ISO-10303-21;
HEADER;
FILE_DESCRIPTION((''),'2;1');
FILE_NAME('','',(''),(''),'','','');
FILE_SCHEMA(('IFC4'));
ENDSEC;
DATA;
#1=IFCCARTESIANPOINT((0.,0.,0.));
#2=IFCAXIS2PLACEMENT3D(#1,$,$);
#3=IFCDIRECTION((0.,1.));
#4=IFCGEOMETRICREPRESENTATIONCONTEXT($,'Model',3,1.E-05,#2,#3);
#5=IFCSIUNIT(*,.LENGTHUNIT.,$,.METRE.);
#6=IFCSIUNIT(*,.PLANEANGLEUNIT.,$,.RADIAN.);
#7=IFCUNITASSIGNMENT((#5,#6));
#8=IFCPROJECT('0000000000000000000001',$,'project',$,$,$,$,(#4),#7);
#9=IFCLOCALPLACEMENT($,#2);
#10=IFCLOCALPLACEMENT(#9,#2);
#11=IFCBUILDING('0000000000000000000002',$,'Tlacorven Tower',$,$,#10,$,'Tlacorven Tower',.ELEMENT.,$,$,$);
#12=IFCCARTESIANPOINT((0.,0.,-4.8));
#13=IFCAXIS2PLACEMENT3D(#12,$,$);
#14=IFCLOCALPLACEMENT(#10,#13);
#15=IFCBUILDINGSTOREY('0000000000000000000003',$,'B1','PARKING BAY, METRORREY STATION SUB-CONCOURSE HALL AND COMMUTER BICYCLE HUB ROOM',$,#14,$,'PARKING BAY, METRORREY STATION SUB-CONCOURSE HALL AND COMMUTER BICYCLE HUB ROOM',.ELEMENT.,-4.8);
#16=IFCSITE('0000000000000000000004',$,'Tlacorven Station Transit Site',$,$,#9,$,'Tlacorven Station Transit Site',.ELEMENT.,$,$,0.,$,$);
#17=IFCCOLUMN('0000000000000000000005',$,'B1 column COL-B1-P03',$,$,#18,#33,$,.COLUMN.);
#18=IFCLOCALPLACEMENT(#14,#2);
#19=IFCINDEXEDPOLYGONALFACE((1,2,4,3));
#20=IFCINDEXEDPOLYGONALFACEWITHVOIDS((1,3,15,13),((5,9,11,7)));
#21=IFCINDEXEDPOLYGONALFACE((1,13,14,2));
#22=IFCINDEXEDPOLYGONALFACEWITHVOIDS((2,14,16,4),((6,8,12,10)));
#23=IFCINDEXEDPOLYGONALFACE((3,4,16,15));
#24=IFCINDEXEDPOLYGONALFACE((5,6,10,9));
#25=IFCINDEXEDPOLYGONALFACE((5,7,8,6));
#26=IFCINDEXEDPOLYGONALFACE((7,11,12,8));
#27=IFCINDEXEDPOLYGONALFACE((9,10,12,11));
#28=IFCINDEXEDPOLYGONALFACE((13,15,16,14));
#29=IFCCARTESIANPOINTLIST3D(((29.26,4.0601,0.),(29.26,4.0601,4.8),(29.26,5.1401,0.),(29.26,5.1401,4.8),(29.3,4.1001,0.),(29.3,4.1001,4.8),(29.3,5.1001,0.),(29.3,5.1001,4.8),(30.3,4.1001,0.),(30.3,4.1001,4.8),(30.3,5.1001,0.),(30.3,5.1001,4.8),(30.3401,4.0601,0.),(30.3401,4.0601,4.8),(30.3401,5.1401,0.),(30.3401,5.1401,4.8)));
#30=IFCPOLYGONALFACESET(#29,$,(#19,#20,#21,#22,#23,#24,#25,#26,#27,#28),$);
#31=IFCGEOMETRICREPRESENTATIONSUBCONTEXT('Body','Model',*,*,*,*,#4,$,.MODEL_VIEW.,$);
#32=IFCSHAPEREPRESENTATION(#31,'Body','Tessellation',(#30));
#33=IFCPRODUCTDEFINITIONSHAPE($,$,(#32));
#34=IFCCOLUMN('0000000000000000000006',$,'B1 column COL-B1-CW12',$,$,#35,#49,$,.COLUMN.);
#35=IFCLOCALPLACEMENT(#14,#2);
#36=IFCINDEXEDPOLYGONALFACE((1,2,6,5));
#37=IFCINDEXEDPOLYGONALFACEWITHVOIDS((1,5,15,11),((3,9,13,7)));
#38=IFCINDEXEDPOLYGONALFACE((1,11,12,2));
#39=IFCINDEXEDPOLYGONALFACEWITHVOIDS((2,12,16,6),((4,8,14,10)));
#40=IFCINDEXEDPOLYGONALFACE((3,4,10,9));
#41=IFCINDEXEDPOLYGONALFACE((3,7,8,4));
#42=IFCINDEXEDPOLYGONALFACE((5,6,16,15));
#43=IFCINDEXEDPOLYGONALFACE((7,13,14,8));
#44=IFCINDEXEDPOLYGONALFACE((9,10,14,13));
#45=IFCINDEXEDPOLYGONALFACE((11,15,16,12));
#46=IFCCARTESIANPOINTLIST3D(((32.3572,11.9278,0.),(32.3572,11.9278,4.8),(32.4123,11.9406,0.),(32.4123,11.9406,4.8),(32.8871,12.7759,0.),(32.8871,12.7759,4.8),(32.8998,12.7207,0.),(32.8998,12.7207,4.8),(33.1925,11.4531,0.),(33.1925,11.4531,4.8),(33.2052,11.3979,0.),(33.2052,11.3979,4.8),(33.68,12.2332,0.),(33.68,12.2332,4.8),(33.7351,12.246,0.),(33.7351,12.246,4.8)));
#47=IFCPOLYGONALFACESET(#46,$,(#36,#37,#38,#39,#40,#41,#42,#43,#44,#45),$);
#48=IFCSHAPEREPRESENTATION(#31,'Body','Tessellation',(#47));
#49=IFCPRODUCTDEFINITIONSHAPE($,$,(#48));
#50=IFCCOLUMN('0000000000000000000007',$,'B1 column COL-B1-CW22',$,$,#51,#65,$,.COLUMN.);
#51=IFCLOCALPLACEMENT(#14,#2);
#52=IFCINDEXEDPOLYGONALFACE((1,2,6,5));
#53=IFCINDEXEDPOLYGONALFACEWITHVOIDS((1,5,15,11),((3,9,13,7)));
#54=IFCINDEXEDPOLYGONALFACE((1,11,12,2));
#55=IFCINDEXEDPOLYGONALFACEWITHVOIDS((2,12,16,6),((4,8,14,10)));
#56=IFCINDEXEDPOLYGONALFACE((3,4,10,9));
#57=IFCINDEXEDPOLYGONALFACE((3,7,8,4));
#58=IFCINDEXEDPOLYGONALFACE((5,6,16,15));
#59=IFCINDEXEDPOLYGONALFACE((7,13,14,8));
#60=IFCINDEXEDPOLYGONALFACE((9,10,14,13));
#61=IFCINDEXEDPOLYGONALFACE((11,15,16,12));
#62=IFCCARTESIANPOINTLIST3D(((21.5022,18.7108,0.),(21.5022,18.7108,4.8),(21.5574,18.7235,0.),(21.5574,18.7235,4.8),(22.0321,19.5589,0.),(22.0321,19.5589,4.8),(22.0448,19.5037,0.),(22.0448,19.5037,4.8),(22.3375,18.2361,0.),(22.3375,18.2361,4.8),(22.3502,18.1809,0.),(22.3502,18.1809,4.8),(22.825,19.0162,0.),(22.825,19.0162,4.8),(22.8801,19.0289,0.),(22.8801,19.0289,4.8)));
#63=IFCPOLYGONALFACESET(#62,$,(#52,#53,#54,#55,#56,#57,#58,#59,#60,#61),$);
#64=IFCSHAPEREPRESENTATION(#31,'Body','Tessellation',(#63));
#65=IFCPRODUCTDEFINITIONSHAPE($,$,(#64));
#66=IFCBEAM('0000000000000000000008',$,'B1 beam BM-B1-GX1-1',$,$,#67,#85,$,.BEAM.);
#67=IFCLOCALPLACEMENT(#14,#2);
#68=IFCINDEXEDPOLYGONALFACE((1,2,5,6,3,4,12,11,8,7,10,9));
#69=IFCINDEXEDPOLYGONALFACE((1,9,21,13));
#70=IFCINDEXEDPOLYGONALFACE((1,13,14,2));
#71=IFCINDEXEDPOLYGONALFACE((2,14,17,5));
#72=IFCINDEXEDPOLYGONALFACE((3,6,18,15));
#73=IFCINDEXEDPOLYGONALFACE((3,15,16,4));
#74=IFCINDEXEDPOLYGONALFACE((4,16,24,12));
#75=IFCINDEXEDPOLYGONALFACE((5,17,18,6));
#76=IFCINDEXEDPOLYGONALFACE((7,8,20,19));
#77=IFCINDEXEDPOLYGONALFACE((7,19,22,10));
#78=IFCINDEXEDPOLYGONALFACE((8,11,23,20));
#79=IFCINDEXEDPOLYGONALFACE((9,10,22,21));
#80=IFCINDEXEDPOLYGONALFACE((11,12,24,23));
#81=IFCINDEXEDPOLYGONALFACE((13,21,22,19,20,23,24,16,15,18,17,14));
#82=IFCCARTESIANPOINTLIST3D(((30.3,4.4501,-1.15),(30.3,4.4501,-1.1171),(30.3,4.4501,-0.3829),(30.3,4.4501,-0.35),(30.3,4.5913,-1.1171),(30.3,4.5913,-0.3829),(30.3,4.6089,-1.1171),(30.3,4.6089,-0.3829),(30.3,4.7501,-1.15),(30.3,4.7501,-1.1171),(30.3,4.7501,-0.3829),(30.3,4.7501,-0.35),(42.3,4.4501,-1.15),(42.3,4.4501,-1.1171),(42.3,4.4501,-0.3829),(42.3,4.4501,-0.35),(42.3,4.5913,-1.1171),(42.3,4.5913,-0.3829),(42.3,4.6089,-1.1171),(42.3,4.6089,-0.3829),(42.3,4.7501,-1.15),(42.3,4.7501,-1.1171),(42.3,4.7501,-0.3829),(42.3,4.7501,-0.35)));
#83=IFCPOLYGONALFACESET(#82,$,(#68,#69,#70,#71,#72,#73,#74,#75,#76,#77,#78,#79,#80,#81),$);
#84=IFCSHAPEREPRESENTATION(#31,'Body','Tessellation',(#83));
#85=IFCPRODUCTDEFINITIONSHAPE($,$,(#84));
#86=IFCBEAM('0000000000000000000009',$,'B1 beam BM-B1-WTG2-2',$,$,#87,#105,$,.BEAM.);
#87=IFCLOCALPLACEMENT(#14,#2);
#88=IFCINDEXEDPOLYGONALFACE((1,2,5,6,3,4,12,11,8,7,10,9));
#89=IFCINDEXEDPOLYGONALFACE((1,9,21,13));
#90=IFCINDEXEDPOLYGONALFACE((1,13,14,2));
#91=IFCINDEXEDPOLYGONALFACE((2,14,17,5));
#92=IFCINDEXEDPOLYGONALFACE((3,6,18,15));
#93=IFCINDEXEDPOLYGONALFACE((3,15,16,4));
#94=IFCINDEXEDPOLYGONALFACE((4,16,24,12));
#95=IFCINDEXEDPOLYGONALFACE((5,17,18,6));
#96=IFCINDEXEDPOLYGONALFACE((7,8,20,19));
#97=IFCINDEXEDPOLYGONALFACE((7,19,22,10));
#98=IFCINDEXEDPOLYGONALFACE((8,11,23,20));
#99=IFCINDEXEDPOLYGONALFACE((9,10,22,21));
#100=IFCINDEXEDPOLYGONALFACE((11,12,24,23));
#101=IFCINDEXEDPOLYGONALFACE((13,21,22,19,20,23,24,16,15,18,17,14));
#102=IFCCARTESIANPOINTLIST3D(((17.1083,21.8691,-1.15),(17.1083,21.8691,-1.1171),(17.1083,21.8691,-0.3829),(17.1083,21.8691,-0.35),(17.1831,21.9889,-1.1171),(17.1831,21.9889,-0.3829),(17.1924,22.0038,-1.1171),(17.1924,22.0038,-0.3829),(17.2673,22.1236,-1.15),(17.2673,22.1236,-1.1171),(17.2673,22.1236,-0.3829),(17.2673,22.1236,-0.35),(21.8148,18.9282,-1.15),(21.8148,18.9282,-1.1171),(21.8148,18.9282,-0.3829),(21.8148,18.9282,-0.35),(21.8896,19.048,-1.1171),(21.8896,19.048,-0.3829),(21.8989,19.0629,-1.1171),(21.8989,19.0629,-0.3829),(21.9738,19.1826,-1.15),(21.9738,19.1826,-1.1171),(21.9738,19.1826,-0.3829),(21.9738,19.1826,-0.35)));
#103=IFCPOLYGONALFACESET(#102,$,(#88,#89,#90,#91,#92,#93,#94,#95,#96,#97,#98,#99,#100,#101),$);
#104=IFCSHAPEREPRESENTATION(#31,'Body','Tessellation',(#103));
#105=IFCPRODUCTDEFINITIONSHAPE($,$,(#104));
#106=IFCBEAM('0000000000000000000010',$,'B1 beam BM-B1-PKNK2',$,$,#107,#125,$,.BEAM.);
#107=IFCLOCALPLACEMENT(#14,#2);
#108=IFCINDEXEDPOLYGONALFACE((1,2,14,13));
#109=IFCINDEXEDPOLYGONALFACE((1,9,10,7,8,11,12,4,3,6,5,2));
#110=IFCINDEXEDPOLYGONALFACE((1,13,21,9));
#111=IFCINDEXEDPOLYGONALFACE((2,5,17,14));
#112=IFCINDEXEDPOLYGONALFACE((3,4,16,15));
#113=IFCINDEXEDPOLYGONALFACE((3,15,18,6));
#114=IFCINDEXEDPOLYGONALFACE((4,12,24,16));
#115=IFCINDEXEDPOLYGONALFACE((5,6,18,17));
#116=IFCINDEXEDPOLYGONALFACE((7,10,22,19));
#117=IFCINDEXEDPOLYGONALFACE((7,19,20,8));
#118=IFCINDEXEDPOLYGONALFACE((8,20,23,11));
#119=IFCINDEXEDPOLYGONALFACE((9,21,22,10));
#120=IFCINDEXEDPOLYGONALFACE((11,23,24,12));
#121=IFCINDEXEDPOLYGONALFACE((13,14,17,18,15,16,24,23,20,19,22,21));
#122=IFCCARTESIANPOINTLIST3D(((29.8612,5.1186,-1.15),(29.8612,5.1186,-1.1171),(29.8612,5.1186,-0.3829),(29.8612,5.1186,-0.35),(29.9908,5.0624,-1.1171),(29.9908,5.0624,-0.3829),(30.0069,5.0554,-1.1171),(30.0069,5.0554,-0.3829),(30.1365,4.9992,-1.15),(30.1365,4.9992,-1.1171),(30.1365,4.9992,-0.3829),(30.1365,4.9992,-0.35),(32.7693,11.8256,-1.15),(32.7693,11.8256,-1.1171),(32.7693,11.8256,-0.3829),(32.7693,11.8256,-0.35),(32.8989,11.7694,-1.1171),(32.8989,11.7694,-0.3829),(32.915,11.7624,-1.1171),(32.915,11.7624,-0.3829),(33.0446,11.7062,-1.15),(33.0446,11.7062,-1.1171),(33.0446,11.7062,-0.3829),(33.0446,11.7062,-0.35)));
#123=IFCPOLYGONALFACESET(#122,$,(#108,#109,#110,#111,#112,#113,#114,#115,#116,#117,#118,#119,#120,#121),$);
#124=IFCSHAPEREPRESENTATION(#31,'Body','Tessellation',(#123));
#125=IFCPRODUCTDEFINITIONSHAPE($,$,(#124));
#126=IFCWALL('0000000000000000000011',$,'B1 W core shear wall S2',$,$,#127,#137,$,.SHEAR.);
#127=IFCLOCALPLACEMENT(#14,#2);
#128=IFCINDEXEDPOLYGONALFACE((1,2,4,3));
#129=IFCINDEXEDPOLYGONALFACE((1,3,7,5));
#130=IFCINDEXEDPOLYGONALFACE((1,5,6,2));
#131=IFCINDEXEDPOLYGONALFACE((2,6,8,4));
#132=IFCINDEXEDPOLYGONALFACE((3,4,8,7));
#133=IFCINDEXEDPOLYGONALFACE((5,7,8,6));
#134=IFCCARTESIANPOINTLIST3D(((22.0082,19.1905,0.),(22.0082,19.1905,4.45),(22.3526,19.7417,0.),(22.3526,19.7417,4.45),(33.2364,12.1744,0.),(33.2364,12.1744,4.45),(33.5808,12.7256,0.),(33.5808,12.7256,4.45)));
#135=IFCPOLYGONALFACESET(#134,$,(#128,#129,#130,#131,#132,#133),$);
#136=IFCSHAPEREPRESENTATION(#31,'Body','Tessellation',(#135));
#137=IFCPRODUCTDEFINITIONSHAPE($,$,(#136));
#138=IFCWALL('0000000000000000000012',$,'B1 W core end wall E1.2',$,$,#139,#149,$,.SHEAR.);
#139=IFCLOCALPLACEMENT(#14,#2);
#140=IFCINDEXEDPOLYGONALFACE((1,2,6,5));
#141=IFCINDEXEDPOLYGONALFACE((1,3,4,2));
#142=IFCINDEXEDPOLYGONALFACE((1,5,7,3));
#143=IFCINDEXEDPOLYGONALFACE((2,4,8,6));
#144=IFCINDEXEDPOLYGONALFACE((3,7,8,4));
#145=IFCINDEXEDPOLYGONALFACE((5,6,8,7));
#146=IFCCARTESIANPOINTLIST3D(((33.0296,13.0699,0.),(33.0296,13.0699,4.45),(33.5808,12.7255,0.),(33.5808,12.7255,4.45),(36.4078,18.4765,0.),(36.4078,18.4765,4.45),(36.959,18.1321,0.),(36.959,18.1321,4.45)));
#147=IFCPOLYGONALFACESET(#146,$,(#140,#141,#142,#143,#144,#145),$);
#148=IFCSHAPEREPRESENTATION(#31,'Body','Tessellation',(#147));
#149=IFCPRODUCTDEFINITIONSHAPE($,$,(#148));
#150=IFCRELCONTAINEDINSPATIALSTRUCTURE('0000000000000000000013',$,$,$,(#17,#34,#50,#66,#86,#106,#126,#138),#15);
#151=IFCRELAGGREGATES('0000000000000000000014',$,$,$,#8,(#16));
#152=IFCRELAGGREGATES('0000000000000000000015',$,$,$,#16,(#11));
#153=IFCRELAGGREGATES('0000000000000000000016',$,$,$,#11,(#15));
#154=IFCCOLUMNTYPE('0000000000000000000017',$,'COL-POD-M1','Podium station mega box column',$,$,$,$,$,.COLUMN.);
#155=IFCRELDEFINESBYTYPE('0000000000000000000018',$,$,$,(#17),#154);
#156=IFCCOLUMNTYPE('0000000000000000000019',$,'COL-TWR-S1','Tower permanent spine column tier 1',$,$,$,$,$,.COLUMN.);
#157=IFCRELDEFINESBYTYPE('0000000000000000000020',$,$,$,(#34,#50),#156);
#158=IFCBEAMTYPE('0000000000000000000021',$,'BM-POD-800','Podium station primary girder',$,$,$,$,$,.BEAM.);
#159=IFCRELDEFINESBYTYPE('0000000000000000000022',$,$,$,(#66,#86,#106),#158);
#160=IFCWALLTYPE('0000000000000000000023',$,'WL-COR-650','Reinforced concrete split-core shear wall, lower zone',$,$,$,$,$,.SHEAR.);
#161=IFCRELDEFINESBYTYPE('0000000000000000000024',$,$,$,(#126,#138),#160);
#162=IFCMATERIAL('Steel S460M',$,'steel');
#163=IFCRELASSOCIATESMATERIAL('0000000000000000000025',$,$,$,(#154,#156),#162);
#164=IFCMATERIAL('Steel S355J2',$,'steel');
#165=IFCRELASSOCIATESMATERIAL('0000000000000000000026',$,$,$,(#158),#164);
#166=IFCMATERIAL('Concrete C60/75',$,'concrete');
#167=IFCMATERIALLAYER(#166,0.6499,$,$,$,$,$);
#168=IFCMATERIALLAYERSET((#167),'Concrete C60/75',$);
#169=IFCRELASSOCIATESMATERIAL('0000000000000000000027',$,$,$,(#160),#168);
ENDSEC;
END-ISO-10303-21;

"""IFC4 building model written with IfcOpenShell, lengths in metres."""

from ifc_helpers import new_model, si_unit, direction, frame, frame_2d, origin, origin_2d, place, context, subcontext, project, spatial, rectangle, hollow_rectangle, i_section, extrude, source, transform, mapped, material, layer, layer_set, material_profile, profile_set, type_object, element, save


model = new_model("IFC4")

# Units and contexts
model_context = context("Model", 3, precision=1e-05, world=origin(), true_north=direction((0.0, 1.0)))
body_context = subcontext(model_context, "Body", "Model", "MODEL_VIEW")
ifc_project = project(units=[si_unit("LENGTHUNIT", "METRE"), si_unit("PLANEANGLEUNIT", "RADIAN")], contexts=[model_context])

# Site, building, storey
site_placement = place(None, origin())
site = spatial("IfcSite", under=ifc_project, at=site_placement, Name="Tlacorven Station Transit Site", LongName="Tlacorven Station Transit Site", CompositionType="ELEMENT", RefElevation=0.0)
building_placement = place(site_placement, origin())
building = spatial("IfcBuilding", under=site, at=building_placement, Name="Tlacorven Tower", LongName="Tlacorven Tower", CompositionType="ELEMENT")
storey_placement = place(building_placement, frame((0.0, 0.0, -4.8)))
storey = spatial("IfcBuildingStorey", under=building, at=storey_placement, Name="B1", Description="PARKING BAY, METRORREY STATION SUB-CONCOURSE HALL AND COMMUTER BICYCLE HUB ROOM", LongName="PARKING BAY, METRORREY STATION SUB-CONCOURSE HALL AND COMMUTER BICYCLE HUB ROOM", CompositionType="ELEMENT", Elevation=-4.8)

# Columns
ifc_material_1 = material(Name="Steel S460M", Category="steel")
ifc_material_profile_1 = material_profile(ifc_material_1, hollow_rectangle(XDim=1.0801, YDim=1.0801, WallThickness=0.04, at=origin_2d()), Name="BOX 1080X1080X40")
ifc_profile_set_1 = profile_set([ifc_material_profile_1], Name="Steel S460M")
column_type_1 = type_object("IfcColumnType", Name="COL-POD-M1", Description="Podium station mega box column", PredefinedType="COLUMN", material=ifc_profile_set_1)
shared_shape_1 = source(origin(), body_context, "Body", "SweptSolid", [
    extrude(hollow_rectangle(XDim=1.0801, YDim=1.0801, WallThickness=0.04, at=origin_2d()), origin(), (0.0, 0.0, 1.0), 4.8),
])
column_placement = place(storey_placement, frame((29.8, 4.6001, 0.0), z_axis=(0.0, 0.0, 1.0), x_axis=(1.0, 0.0, 0.0)))
element("IfcColumn", 1, at=column_placement, inside=storey, type_object=column_type_1, Name="B1 column COL-B1-P03", PredefinedType="COLUMN", context=body_context, shape_type="MappedRepresentation", body=[
    mapped(shared_shape_1, transform((0.0, 0.0, 0.0), scale=1.0)),
])
ifc_material_profile_2 = material_profile(ifc_material_1, hollow_rectangle(XDim=1.0, YDim=1.0, WallThickness=0.04, at=origin_2d()), Name="BOX 1000X1000X40")
ifc_profile_set_2 = profile_set([ifc_material_profile_2], Name="Steel S460M")
column_type_2 = type_object("IfcColumnType", Name="COL-TWR-S1", Description="Tower permanent spine column tier 1", PredefinedType="COLUMN", material=ifc_profile_set_2)
shared_shape_2 = source(origin(), body_context, "Body", "SweptSolid", [
    extrude(hollow_rectangle(XDim=1.0, YDim=1.0, WallThickness=0.04, at=origin_2d()), origin(), (0.0, 0.0, 1.0), 4.8),
])
for number, where, z_axis, x_axis, name in (
    (2, (33.0461, 12.0869, 0.0), (0.0, 0.0, 1.0), (-0.848048, 0.529919, 0.0), "B1 column COL-B1-CW12"),
    (3, (22.1912, 18.8699, 0.0), (0.0, 0.0, 1.0), (-0.848048, 0.529919, 0.0), "B1 column COL-B1-CW22"),
):
    element("IfcColumn", number, at=place(storey_placement, frame(where, z_axis=z_axis, x_axis=x_axis)), inside=storey, type_object=column_type_2, Name=name, PredefinedType="COLUMN", context=body_context, shape_type="MappedRepresentation", body=[
        mapped(shared_shape_2, transform((0.0, 0.0, 0.0), scale=1.0)),
    ])

# Beams
ifc_material_2 = material(Name="Steel S355J2", Category="steel")
ifc_material_profile_3 = material_profile(ifc_material_2, i_section(OverallWidth=0.3, OverallDepth=0.8, WebThickness=0.0176, FlangeThickness=0.033, at=origin_2d()), Name="HEB 800")
ifc_profile_set_3 = profile_set([ifc_material_profile_3], Name="Steel S355J2")
beam_type = type_object("IfcBeamType", Name="BM-POD-800", Description="Podium station primary girder", PredefinedType="BEAM", material=ifc_profile_set_3)
shared_shape_3 = source(origin(), body_context, "Body", "SweptSolid", [
    extrude(i_section(OverallWidth=0.3, OverallDepth=0.8, WebThickness=0.0176, FlangeThickness=0.033, at=origin_2d()), origin(), (0.0, 0.0, 1.0), 12.0),
])
beam_1_placement = place(storey_placement, frame((30.3, 4.6001, -0.75), z_axis=(1.0, 0.0, 0.0), x_axis=(0.0, 1.0, 0.0)))
element("IfcBeam", 4, at=beam_1_placement, inside=storey, type_object=beam_type, Name="B1 beam BM-B1-GX1-1", PredefinedType="BEAM", context=body_context, shape_type="MappedRepresentation", body=[
    mapped(shared_shape_3, transform((0.0, 0.0, 0.0), scale=1.0)),
])
shared_shape_4 = source(origin(), body_context, "Body", "SweptSolid", [
    extrude(i_section(OverallWidth=0.3, OverallDepth=0.8, WebThickness=0.0176, FlangeThickness=0.033, at=origin_2d()), origin(), (0.0, 0.0, 1.0), 5.5498),
])
beam_2_placement = place(storey_placement, frame((21.8943, 19.0554, -0.75), z_axis=(-0.848053, 0.529912, 0.0), x_axis=(-0.529912, -0.848053, 0.0)))
element("IfcBeam", 5, at=beam_2_placement, inside=storey, type_object=beam_type, Name="B1 beam BM-B1-WTG2-2", PredefinedType="BEAM", context=body_context, shape_type="MappedRepresentation", body=[
    mapped(shared_shape_4, transform((0.0, 0.0, 0.0), scale=1.0)),
])
shared_shape_5 = source(origin(), body_context, "Body", "SweptSolid", [
    extrude(i_section(OverallWidth=0.3, OverallDepth=0.8, WebThickness=0.0176, FlangeThickness=0.033, at=origin_2d()), origin(), (0.0, 0.0, 1.0), 7.3103),
])
beam_3_placement = place(storey_placement, frame((32.907, 11.7659, -0.75), z_axis=(-0.397817, -0.917465, 0.0), x_axis=(0.917465, -0.397817, 0.0)))
element("IfcBeam", 6, at=beam_3_placement, inside=storey, type_object=beam_type, Name="B1 beam BM-B1-PKNK2", PredefinedType="BEAM", context=body_context, shape_type="MappedRepresentation", body=[
    mapped(shared_shape_5, transform((0.0, 0.0, 0.0), scale=1.0)),
])

# Walls
ifc_material_3 = material(Name="Concrete C60/75", Category="concrete")
ifc_layer_1 = layer(ifc_material_3, 0.6499)
ifc_layer_set_1 = layer_set([ifc_layer_1], Name="Concrete C60/75")
wall_type_1 = type_object("IfcWallType", Name="WL-COR-650", Description="Reinforced concrete split-core shear wall, lower zone", PredefinedType="SHEAR", material=ifc_layer_set_1)
wall_1_placement = place(storey_placement, frame((33.4087, 12.45, 0.0), z_axis=(0.0, 0.0, 1.0), x_axis=(-0.848051, 0.529914, 0.0)))
element("IfcWall", 7, at=wall_1_placement, inside=storey, type_object=wall_type_1, Name="B1 W core shear wall S2", PredefinedType="SHEAR", context=body_context, shape_type="SweptSolid", body=[
    extrude(rectangle(XDim=13.24, YDim=0.6499, at=frame_2d((6.6201, 0.0))), origin(), (0.0, 0.0, 1.0), 4.45),
])
wall_2_placement = place(storey_placement, frame((36.6833, 18.3042, 0.0), z_axis=(0.0, 0.0, 1.0), x_axis=(-0.529899, -0.848061, 0.0)))
element("IfcWall", 8, at=wall_2_placement, inside=storey, type_object=wall_type_1, Name="B1 W core end wall E1.2", PredefinedType="SHEAR", context=body_context, shape_type="SweptSolid", body=[
    extrude(rectangle(XDim=6.3752, YDim=0.6499, at=frame_2d((3.1875, 0.0))), origin(), (0.0, 0.0, 1.0), 4.45),
])

save(model, "model.ifc")
